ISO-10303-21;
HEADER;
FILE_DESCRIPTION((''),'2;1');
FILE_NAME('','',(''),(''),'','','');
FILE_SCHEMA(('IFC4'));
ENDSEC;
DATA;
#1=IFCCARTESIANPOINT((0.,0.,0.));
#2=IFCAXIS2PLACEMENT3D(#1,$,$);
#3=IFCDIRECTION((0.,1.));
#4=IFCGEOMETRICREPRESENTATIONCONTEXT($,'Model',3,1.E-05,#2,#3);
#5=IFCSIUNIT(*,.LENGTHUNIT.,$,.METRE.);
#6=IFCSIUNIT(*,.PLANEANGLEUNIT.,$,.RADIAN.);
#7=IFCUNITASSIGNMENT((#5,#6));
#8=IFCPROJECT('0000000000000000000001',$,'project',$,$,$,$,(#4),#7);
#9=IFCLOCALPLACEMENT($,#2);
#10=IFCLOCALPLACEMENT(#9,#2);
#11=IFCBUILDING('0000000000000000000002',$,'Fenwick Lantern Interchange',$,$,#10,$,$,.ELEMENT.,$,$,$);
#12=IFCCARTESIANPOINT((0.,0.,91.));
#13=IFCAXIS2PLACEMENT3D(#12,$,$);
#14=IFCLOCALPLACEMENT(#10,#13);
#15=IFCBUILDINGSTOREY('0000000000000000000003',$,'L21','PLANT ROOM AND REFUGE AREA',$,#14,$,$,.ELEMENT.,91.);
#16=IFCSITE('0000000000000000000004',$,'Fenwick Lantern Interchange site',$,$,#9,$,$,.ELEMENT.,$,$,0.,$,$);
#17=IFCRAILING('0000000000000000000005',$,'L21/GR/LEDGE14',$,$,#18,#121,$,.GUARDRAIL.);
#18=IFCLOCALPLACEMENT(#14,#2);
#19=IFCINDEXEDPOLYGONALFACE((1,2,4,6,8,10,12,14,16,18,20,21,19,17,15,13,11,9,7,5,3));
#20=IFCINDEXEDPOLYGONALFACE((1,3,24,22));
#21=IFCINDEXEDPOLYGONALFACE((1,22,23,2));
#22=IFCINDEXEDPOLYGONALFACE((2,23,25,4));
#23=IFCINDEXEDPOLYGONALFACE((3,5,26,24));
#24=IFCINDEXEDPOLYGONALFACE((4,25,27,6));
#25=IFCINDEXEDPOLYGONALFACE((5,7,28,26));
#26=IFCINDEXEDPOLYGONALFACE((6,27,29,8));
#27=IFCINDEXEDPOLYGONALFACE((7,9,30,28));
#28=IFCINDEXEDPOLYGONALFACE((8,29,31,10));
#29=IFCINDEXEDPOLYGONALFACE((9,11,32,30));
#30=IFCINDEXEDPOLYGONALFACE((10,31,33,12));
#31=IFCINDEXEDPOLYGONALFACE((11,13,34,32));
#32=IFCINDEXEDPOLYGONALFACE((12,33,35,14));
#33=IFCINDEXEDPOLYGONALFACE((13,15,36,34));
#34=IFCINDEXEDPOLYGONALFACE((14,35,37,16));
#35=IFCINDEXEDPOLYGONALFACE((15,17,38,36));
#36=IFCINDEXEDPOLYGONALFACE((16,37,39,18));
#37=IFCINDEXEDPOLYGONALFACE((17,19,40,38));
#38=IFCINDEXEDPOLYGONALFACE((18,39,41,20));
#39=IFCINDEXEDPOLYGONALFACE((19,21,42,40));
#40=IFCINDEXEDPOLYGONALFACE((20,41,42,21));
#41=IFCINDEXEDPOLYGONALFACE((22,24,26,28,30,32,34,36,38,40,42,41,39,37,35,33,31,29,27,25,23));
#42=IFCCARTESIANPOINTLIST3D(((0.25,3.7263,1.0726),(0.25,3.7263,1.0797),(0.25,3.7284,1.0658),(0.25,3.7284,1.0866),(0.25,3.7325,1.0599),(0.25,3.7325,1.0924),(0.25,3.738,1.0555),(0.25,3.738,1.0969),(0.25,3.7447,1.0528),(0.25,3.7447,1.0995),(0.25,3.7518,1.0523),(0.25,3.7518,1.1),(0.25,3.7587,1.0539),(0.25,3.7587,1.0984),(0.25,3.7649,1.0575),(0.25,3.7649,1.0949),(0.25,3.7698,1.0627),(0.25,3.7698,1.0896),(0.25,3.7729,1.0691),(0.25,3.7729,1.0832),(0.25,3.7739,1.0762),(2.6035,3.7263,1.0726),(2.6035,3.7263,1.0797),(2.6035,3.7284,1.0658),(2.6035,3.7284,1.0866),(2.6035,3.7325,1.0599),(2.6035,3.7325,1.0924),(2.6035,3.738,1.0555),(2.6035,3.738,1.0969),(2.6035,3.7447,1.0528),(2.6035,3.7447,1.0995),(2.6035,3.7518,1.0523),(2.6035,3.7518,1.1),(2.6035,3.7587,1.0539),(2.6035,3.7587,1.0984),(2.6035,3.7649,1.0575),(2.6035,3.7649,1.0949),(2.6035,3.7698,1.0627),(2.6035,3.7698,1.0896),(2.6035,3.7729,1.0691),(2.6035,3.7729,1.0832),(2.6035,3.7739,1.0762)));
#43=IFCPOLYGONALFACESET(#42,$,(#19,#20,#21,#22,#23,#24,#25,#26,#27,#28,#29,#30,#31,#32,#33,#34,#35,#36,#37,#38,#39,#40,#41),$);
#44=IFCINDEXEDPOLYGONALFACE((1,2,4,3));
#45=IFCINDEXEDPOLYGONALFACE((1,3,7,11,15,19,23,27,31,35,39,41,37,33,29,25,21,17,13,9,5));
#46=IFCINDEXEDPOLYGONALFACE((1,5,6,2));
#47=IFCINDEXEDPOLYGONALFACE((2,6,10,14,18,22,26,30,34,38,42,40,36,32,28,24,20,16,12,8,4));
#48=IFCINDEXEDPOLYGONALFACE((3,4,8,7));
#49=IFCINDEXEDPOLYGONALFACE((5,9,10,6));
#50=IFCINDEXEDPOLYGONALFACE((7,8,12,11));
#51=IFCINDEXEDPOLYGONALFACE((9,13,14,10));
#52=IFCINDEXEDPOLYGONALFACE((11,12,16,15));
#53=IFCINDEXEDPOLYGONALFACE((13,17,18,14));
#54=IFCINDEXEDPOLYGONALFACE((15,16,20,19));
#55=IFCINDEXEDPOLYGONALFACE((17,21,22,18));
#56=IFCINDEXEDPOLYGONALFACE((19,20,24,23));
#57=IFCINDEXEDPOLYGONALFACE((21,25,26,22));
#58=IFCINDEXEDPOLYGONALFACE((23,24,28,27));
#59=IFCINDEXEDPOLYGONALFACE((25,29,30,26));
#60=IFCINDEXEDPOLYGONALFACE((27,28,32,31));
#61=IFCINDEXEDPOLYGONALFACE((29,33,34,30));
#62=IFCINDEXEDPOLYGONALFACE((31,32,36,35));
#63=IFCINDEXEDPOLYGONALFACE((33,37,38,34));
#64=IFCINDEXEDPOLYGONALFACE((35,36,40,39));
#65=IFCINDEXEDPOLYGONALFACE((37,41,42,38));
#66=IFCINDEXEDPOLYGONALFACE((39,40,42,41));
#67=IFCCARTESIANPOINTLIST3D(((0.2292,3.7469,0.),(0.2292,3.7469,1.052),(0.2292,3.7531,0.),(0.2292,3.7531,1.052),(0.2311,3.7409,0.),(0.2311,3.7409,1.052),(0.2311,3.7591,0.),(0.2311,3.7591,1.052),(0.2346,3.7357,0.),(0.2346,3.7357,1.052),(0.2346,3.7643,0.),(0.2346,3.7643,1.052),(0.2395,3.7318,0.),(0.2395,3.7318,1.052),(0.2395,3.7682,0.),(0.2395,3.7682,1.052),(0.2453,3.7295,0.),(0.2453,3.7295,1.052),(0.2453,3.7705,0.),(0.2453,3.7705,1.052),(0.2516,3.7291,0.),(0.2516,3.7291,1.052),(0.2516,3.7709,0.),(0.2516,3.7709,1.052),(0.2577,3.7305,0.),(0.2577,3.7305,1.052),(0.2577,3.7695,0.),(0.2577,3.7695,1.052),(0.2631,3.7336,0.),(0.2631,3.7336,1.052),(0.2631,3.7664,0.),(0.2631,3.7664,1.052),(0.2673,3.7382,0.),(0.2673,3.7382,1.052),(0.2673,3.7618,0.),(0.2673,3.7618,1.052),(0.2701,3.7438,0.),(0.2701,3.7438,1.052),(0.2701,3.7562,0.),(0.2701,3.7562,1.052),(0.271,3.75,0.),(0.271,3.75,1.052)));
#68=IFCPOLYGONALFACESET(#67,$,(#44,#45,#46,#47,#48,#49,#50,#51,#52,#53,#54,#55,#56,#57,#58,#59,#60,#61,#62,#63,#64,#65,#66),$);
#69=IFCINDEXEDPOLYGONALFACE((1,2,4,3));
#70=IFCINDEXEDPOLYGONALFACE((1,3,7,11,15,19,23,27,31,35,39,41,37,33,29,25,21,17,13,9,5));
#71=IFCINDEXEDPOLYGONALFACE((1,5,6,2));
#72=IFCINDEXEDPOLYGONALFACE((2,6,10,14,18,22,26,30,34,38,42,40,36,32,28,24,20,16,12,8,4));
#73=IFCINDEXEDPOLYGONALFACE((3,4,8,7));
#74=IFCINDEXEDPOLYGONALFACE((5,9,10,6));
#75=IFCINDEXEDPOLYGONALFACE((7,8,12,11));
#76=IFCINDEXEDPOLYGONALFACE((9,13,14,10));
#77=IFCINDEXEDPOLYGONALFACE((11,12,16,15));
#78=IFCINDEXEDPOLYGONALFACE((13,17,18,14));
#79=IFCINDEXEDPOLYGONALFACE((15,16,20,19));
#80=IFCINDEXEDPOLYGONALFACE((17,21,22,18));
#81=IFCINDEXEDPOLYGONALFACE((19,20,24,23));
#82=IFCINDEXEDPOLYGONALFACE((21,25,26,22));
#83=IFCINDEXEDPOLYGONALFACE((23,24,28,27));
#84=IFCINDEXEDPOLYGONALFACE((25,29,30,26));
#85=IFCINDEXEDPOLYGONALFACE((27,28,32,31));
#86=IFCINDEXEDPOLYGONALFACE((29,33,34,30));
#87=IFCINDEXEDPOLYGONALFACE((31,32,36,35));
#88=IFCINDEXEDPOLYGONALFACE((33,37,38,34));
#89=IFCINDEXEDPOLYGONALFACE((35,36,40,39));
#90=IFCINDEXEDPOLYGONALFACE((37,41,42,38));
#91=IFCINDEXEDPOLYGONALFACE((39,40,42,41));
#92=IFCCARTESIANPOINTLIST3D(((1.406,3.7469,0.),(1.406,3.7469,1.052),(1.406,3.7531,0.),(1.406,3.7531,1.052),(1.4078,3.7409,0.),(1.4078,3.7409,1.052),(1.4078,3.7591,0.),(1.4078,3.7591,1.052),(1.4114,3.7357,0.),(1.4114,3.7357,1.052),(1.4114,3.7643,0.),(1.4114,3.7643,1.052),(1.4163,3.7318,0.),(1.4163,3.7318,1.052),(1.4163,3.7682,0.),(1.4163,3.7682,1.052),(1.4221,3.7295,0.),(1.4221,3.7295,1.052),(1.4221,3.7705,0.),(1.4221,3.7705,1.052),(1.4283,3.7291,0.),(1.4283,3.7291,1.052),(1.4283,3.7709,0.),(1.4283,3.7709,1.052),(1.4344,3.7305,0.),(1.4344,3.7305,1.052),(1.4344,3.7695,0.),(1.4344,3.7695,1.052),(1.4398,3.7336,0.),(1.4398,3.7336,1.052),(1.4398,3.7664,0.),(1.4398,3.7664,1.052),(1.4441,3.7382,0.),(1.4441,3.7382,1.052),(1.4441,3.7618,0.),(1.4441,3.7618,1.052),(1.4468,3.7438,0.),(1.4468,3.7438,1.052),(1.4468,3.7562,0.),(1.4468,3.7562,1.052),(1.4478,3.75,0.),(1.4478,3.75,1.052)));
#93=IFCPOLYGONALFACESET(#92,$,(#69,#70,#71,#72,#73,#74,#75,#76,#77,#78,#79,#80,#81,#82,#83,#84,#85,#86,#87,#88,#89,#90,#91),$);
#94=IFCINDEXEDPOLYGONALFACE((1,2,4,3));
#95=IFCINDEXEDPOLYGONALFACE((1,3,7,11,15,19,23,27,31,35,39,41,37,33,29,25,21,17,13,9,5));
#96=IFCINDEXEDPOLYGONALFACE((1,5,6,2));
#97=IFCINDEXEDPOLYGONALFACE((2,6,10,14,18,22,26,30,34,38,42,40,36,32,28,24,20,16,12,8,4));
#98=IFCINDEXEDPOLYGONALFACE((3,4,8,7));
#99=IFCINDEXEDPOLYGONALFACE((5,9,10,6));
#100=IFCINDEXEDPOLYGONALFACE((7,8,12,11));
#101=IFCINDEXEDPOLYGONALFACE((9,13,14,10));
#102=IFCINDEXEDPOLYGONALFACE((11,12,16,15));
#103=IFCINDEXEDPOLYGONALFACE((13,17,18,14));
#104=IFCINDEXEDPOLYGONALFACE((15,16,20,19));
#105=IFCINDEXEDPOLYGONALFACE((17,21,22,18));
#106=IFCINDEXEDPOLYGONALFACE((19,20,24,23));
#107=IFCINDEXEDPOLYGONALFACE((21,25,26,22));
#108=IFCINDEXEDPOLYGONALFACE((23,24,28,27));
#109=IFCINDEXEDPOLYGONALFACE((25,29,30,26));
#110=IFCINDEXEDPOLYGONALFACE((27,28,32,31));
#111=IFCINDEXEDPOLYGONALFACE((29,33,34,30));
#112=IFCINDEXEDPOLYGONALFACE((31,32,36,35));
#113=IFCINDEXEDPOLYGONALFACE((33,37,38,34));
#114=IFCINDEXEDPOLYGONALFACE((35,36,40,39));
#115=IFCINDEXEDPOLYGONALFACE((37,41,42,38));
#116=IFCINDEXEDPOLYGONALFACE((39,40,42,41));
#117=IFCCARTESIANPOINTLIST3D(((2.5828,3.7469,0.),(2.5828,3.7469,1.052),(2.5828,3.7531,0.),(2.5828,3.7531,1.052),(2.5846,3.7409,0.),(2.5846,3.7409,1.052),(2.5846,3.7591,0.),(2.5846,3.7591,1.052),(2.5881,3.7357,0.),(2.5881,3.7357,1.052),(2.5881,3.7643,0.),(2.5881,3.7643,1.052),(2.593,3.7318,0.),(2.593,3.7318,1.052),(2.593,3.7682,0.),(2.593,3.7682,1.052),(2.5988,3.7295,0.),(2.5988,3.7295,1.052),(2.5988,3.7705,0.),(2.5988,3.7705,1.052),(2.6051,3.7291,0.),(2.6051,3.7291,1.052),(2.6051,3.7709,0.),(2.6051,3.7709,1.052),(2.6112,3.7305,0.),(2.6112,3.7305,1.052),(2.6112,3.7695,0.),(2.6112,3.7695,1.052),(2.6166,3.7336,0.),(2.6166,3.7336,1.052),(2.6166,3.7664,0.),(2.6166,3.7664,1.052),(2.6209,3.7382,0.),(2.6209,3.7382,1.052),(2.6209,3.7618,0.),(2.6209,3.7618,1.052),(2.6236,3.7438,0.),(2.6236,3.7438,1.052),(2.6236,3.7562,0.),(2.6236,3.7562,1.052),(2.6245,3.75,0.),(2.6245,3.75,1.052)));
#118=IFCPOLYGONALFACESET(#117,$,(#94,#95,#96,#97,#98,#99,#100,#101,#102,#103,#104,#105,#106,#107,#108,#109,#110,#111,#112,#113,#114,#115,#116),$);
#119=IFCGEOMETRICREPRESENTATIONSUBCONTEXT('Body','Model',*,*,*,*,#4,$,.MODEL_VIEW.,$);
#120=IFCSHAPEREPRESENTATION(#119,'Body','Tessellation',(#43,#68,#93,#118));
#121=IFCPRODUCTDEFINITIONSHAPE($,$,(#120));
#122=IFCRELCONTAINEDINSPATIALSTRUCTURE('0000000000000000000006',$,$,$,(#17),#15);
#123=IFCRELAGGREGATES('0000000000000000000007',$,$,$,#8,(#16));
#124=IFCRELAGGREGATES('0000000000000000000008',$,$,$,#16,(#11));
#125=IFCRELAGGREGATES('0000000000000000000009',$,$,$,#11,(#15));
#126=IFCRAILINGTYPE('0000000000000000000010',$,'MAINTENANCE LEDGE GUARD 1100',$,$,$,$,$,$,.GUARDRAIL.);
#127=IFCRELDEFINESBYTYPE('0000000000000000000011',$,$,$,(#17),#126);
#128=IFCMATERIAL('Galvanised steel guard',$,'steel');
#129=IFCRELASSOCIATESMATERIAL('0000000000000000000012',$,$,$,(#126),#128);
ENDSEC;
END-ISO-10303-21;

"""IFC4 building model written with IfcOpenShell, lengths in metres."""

from ifc_helpers import new_model, si_unit, direction, frame, origin, origin_2d, place, context, subcontext, project, spatial, circle, extrude, material, type_object, element, save


model = new_model("IFC4")

# Units and contexts
model_context = context("Model", 3, precision=1e-05, world=origin(), true_north=direction((0.0, 1.0)))
body_context = subcontext(model_context, "Body", "Model", "MODEL_VIEW")
ifc_project = project(units=[si_unit("LENGTHUNIT", "METRE"), si_unit("PLANEANGLEUNIT", "RADIAN")], contexts=[model_context])

# Site, building, storey
site_placement = place(None, origin())
site = spatial("IfcSite", under=ifc_project, at=site_placement, Name="Fenwick Lantern Interchange site", CompositionType="ELEMENT", RefElevation=0.0)
building_placement = place(site_placement, origin())
building = spatial("IfcBuilding", under=site, at=building_placement, Name="Fenwick Lantern Interchange", CompositionType="ELEMENT")
storey_placement = place(building_placement, frame((0.0, 0.0, 91.0)))
storey = spatial("IfcBuildingStorey", under=building, at=storey_placement, Name="L21", Description="PLANT ROOM AND REFUGE AREA", CompositionType="ELEMENT", Elevation=91.0)

# Railing
ifc_material_1 = material(Name="Galvanised steel guard", Category="steel")
railing_type = type_object("IfcRailingType", Name="MAINTENANCE LEDGE GUARD 1100", PredefinedType="GUARDRAIL", material=ifc_material_1)
railing_1_placement = place(storey_placement, frame((0.25, 3.75, 0.0)))
element("IfcRailing", 1, at=railing_1_placement, inside=storey, type_object=railing_type, Name="L21/GR/LEDGE14", PredefinedType="GUARDRAIL", context=body_context, shape_type="SweptSolid", body=[
    extrude(circle(Radius=0.0239, at=origin_2d()), frame((0.0, 0.0, 1.0762), z_axis=(1.0, 0.0, 0.0), x_axis=(0.0, 1.0, 0.0)), (0.0, 0.0, 1.0), 2.3535),
    extrude(circle(Radius=0.021, at=origin_2d()), origin(), (0.0, 0.0, 1.0), 1.052),
    extrude(circle(Radius=0.021, at=origin_2d()), frame((1.1768, 0.0, 0.0)), (0.0, 0.0, 1.0), 1.052),
    extrude(circle(Radius=0.021, at=origin_2d()), frame((2.3535, 0.0, 0.0)), (0.0, 0.0, 1.0), 1.052),
])

save(model, "model.ifc")
